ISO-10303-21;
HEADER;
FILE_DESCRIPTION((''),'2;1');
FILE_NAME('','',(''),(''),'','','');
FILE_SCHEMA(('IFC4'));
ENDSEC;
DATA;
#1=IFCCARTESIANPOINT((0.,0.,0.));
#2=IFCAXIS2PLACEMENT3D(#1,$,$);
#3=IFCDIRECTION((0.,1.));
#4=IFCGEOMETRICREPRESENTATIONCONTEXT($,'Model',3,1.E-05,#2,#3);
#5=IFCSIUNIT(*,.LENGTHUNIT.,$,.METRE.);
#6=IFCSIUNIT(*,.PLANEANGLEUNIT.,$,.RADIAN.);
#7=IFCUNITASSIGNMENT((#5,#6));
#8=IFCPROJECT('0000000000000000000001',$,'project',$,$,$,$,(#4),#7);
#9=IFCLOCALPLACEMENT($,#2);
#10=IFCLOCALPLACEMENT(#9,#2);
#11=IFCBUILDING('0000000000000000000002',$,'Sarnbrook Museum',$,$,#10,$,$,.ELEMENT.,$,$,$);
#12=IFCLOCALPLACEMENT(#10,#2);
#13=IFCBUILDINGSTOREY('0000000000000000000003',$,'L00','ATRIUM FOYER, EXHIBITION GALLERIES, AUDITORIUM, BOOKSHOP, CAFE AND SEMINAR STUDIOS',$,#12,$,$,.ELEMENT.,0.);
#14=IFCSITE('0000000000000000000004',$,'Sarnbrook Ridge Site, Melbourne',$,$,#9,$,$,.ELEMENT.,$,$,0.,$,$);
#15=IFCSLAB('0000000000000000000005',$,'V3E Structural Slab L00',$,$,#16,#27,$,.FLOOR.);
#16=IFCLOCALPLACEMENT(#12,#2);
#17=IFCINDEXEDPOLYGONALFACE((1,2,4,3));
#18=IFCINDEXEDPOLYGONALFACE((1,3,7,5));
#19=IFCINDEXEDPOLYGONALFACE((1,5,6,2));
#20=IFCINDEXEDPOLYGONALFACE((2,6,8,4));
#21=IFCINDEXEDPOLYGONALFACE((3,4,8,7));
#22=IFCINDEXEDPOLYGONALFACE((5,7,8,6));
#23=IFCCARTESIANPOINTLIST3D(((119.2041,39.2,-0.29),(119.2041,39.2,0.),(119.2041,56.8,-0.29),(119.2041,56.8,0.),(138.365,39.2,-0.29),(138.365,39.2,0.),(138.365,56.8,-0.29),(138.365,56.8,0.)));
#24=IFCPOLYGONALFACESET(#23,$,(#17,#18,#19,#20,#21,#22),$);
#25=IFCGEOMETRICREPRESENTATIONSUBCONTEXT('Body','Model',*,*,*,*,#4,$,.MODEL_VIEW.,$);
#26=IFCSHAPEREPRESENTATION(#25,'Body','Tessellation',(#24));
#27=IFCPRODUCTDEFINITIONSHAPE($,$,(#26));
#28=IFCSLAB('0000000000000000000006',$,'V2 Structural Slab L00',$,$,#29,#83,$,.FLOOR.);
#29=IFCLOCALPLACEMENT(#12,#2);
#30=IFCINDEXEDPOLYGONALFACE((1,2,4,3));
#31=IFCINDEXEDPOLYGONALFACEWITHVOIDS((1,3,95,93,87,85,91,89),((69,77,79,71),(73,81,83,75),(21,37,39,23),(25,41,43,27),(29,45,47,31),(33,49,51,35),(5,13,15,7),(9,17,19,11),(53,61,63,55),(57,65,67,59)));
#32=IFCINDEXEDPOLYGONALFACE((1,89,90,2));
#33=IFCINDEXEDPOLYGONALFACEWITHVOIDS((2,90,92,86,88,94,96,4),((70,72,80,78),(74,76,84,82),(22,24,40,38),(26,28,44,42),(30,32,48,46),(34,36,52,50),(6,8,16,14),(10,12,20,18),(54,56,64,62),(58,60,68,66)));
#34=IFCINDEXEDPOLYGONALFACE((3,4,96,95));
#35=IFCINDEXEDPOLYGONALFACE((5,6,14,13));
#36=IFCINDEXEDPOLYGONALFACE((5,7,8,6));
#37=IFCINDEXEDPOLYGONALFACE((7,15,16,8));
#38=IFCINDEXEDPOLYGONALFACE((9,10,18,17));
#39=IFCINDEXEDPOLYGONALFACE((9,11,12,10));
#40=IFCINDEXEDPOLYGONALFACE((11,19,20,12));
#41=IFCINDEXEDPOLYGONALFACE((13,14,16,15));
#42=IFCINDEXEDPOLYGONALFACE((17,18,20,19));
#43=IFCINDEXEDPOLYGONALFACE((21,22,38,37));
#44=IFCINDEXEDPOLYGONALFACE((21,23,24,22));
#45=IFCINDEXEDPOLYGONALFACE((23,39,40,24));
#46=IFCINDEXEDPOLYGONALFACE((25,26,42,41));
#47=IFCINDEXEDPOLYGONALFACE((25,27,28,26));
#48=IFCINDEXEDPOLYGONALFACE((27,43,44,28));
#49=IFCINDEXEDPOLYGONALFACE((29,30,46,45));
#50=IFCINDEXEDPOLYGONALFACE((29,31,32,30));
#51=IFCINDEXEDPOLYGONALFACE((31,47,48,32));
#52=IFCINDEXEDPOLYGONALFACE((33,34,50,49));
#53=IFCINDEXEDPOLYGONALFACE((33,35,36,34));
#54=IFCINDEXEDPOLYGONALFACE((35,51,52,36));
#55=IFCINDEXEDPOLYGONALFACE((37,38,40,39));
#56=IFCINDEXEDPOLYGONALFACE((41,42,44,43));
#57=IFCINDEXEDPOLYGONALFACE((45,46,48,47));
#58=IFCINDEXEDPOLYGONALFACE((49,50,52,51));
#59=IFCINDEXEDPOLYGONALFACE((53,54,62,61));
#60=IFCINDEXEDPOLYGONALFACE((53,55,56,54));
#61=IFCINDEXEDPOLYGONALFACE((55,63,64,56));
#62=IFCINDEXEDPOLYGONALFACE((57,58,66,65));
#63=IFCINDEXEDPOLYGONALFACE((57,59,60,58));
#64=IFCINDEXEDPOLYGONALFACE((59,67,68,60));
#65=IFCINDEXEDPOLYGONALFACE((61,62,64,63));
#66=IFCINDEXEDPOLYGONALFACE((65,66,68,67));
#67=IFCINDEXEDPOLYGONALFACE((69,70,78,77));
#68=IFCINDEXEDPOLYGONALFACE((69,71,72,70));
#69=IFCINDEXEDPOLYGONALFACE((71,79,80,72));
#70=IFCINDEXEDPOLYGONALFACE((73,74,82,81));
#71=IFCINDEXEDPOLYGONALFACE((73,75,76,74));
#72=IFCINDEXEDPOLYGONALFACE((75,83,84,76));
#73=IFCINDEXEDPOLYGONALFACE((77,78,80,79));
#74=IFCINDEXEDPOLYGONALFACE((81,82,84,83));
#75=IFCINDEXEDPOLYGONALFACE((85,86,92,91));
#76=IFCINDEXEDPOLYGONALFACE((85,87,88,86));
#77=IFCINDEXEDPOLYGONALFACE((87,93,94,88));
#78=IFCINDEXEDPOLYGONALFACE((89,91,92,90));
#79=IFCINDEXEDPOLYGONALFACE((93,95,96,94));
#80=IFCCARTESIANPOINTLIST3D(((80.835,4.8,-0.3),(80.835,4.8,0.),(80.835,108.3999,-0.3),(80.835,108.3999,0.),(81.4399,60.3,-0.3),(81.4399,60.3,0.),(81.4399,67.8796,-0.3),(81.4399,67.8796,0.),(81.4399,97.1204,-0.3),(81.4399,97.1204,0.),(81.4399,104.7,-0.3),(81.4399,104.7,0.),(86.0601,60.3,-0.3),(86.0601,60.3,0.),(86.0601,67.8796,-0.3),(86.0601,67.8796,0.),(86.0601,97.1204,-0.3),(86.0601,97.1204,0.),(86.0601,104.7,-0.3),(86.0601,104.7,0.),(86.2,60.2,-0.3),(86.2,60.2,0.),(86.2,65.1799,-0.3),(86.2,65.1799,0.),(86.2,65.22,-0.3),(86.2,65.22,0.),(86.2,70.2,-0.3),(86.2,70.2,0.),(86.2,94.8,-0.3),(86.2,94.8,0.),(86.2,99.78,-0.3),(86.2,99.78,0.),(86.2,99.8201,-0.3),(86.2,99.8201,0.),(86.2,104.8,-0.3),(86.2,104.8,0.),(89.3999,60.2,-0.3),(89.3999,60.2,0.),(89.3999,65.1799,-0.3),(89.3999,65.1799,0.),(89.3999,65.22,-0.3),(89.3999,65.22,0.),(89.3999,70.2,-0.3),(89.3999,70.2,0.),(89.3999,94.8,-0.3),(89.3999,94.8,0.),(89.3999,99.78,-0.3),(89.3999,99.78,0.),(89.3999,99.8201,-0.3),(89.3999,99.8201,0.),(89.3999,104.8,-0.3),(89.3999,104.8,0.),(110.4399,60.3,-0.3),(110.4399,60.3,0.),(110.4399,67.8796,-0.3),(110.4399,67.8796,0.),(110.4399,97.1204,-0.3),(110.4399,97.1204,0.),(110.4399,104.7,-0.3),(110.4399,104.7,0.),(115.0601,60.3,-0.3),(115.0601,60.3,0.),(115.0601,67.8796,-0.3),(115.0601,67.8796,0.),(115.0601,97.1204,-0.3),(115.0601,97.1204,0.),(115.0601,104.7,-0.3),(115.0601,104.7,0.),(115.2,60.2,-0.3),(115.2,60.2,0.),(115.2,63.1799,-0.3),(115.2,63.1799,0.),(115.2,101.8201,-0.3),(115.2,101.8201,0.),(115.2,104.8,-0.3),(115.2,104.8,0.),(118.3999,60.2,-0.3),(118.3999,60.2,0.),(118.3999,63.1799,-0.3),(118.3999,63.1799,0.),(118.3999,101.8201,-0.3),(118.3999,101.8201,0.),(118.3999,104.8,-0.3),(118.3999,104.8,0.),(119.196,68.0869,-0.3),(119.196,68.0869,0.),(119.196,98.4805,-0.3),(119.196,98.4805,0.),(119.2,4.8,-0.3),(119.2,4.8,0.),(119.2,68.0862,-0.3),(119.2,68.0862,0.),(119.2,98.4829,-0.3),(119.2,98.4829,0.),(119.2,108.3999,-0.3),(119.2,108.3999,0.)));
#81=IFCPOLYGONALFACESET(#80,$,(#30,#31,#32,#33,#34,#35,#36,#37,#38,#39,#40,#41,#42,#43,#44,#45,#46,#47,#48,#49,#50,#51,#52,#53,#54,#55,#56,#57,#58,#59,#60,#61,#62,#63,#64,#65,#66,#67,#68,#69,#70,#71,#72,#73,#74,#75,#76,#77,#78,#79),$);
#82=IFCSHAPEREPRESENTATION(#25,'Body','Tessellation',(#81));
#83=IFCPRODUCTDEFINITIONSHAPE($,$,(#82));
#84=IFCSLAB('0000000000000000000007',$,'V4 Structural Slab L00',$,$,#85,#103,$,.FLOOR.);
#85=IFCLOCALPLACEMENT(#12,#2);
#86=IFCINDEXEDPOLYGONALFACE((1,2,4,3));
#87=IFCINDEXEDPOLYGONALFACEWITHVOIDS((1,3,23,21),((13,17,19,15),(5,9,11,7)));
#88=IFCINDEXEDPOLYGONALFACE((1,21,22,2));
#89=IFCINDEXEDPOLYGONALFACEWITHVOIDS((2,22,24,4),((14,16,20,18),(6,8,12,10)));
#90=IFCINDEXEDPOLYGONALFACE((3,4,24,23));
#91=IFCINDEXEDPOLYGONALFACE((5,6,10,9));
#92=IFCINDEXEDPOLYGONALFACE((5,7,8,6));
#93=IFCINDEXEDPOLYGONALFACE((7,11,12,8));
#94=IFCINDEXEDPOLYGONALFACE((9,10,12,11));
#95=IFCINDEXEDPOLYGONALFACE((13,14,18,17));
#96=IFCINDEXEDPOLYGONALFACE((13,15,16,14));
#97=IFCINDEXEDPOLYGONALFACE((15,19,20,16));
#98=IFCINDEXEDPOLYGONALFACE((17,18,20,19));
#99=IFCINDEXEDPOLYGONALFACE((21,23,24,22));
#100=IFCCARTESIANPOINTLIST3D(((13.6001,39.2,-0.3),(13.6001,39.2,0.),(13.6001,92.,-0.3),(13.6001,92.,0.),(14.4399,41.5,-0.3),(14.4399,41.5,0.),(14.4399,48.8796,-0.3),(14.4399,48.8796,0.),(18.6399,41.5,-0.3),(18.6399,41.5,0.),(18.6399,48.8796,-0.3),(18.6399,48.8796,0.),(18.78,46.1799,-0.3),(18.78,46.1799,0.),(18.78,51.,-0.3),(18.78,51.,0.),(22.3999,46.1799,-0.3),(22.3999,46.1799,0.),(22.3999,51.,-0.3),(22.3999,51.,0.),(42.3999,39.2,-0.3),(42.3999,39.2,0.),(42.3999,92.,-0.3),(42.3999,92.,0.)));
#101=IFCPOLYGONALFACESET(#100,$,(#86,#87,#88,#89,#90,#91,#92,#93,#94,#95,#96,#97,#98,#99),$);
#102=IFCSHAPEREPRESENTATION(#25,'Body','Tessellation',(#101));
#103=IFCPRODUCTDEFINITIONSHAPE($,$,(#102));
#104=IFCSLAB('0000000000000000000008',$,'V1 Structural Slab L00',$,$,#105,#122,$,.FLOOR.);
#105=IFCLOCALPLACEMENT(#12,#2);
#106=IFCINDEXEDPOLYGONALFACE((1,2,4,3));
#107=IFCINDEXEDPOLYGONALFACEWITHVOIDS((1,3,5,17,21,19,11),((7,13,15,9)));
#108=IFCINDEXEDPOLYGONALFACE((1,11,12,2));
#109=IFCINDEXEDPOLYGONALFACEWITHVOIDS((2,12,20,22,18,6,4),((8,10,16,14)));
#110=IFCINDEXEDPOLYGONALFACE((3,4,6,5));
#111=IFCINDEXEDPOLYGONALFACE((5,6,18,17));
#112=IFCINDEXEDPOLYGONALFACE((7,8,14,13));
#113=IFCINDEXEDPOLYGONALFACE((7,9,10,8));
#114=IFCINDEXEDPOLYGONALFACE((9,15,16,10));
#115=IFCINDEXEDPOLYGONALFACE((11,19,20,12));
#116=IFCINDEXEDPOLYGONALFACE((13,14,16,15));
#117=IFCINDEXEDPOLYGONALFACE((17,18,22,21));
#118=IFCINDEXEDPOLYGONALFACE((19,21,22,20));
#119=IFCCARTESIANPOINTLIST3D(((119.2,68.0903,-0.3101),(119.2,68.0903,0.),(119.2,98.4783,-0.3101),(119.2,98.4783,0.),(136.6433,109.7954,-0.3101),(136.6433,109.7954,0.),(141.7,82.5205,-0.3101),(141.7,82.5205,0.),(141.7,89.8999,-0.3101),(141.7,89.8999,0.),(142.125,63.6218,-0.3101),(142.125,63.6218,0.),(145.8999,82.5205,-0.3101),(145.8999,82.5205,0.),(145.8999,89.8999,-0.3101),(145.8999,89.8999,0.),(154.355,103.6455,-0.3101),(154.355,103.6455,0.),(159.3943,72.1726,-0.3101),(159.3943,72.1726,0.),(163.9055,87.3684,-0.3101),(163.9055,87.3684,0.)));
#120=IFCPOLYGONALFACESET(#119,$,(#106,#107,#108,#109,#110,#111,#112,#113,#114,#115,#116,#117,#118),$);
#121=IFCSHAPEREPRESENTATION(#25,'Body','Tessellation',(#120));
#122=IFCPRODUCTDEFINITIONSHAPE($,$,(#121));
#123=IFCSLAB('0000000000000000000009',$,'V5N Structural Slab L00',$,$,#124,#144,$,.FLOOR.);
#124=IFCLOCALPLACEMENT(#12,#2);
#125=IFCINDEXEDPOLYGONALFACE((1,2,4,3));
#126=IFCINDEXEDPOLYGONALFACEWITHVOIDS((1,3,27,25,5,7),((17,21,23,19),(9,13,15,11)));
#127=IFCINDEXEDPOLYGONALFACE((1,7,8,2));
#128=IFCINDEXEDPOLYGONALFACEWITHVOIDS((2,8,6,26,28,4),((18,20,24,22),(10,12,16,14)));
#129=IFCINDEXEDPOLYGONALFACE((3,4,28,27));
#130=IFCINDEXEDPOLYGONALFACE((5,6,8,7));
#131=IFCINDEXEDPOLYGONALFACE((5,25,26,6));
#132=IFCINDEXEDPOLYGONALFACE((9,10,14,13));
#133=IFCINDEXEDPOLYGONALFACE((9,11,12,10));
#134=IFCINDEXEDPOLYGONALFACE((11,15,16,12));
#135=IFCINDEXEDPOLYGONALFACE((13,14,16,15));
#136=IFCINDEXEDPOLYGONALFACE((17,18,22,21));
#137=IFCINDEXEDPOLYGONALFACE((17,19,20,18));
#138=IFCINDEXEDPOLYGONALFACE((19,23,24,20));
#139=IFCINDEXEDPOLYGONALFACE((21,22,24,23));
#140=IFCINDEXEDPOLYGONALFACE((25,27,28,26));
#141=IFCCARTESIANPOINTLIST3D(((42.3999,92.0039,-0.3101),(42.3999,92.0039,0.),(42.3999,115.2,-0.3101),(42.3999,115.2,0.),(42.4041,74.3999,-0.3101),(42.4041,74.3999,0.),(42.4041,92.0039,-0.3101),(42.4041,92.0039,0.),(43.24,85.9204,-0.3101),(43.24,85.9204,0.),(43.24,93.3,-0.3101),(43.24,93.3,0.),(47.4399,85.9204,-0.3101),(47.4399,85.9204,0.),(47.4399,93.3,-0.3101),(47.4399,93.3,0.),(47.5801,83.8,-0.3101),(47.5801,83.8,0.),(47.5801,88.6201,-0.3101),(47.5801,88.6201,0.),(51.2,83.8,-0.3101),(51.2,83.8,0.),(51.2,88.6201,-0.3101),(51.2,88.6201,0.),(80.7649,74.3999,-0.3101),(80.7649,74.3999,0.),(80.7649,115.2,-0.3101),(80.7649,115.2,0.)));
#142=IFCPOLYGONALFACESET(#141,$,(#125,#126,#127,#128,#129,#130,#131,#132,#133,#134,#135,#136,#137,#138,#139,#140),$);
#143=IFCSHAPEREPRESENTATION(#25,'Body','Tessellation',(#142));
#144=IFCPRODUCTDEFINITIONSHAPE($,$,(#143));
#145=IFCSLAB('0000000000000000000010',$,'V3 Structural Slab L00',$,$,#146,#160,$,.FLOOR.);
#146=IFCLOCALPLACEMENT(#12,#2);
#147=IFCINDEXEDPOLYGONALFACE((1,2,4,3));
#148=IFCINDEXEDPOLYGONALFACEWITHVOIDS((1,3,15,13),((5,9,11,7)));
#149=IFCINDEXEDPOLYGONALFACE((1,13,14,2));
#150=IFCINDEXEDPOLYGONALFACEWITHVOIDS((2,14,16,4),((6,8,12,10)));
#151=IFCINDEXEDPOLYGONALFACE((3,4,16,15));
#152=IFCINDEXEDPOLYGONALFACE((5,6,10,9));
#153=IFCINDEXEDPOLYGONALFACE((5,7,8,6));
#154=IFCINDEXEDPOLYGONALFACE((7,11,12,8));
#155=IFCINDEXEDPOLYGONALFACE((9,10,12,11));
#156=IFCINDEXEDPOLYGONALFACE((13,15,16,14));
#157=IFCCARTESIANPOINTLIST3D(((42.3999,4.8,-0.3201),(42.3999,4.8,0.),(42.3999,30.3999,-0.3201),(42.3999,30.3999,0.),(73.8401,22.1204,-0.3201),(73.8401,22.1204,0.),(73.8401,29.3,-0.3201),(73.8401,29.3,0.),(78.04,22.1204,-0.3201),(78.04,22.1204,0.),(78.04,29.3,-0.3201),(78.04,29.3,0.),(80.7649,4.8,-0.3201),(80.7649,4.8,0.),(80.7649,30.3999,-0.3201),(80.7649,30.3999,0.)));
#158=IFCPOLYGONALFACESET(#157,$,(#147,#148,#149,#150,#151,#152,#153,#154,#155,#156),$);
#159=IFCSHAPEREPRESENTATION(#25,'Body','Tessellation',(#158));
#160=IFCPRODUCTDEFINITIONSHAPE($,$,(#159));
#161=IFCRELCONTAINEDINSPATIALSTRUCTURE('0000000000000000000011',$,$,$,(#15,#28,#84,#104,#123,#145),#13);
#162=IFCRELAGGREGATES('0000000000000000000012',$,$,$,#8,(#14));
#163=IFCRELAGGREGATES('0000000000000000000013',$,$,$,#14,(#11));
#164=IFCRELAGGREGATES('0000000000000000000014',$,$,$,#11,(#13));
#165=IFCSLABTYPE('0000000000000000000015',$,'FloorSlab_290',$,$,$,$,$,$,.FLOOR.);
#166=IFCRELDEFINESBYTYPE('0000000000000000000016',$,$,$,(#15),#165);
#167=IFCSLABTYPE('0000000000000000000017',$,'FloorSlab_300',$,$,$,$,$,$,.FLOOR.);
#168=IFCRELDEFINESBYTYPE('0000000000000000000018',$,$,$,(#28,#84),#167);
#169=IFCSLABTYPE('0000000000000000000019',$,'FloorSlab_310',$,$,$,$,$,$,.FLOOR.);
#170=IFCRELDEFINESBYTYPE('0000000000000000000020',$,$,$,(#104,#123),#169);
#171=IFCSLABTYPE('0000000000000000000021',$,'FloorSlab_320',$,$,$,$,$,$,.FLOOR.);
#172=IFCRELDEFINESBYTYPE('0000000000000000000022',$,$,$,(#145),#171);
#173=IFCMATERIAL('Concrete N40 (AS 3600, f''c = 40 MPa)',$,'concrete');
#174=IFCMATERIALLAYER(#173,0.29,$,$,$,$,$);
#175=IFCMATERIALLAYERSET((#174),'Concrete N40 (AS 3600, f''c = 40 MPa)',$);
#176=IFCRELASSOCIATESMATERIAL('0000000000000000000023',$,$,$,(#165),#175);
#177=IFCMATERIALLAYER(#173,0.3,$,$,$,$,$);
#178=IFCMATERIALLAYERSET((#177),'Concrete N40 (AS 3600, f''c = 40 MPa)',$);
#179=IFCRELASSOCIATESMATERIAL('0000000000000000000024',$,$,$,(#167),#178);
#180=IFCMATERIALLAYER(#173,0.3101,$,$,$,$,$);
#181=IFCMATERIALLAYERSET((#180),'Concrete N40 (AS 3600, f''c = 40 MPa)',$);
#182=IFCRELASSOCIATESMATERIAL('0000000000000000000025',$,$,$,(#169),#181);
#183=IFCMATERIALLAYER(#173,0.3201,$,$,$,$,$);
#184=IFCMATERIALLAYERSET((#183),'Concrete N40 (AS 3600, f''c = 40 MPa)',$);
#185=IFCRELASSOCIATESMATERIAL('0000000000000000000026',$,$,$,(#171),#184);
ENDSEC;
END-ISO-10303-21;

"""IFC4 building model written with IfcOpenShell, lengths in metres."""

from ifc_helpers import new_model, si_unit, direction, frame, origin, place, context, subcontext, project, spatial, polyline, outline, extrude, material, layer, layer_set, type_object, element, save


model = new_model("IFC4")

# Units and contexts
model_context = context("Model", 3, precision=1e-05, world=origin(), true_north=direction((0.0, 1.0)))
body_context = subcontext(model_context, "Body", "Model", "MODEL_VIEW")
ifc_project = project(units=[si_unit("LENGTHUNIT", "METRE"), si_unit("PLANEANGLEUNIT", "RADIAN")], contexts=[model_context])

# Site, building, storey
site_placement = place(None, origin())
site = spatial("IfcSite", under=ifc_project, at=site_placement, Name="Sarnbrook Ridge Site, Melbourne", CompositionType="ELEMENT", RefElevation=0.0)
building_placement = place(site_placement, origin())
building = spatial("IfcBuilding", under=site, at=building_placement, Name="Sarnbrook Museum", CompositionType="ELEMENT")
storey_placement = place(building_placement, origin())
storey = spatial("IfcBuildingStorey", under=building, at=storey_placement, Name="L00", Description="ATRIUM FOYER, EXHIBITION GALLERIES, AUDITORIUM, BOOKSHOP, CAFE AND SEMINAR STUDIOS", CompositionType="ELEMENT", Elevation=0.0)

# Slabs
ifc_material_1 = material(Name="Concrete N40 (AS 3600, f'c = 40 MPa)", Category="concrete")
ifc_layer_1 = layer(ifc_material_1, 0.29)
ifc_layer_set_1 = layer_set([ifc_layer_1], Name="Concrete N40 (AS 3600, f'c = 40 MPa)")
slab_type_1 = type_object("IfcSlabType", Name="FloorSlab_290", PredefinedType="FLOOR", material=ifc_layer_set_1)
slab_1_placement = place(storey_placement, frame((0.0, 0.0, -0.29)))
element("IfcSlab", 1, at=slab_1_placement, inside=storey, type_object=slab_type_1, Name="V3E Structural Slab L00", PredefinedType="FLOOR", context=body_context, shape_type="SweptSolid", body=[
    extrude(outline(polyline([(138.365, 56.8), (138.365, 39.2), (119.2041, 39.2), (119.2041, 56.8), (138.365, 56.8)])), origin(), (0.0, 0.0, 1.0), 0.29),
])
ifc_layer_2 = layer(ifc_material_1, 0.3)
ifc_layer_set_2 = layer_set([ifc_layer_2], Name="Concrete N40 (AS 3600, f'c = 40 MPa)")
slab_type_2 = type_object("IfcSlabType", Name="FloorSlab_300", PredefinedType="FLOOR", material=ifc_layer_set_2)
slab_2_placement = place(storey_placement, frame((0.0, 0.0, -0.3)))
element("IfcSlab", 2, at=slab_2_placement, inside=storey, type_object=slab_type_2, Name="V2 Structural Slab L00", PredefinedType="FLOOR", context=body_context, shape_type="SweptSolid", body=[
    extrude(outline(polyline([(80.835, 4.8), (80.835, 108.3999), (119.2, 108.3999), (119.2, 98.4829), (119.196, 98.4805), (119.196, 68.0869), (119.2, 68.0862), (119.2, 4.8), (80.835, 4.8)]), holes=[polyline([(115.2, 63.1799), (118.3999, 63.1799), (118.3999, 60.2), (115.2, 60.2), (115.2, 63.1799)]), polyline([(86.2, 65.1799), (89.3999, 65.1799), (89.3999, 60.2), (86.2, 60.2), (86.2, 65.1799)]), polyline([(81.4399, 67.8796), (86.0601, 67.8796), (86.0601, 60.3), (81.4399, 60.3), (81.4399, 67.8796)]), polyline([(115.0601, 67.8796), (115.0601, 60.3), (110.4399, 60.3), (110.4399, 67.8796), (115.0601, 67.8796)]), polyline([(89.3999, 70.2), (89.3999, 65.22), (86.2, 65.22), (86.2, 70.2), (89.3999, 70.2)]), polyline([(86.2, 99.78), (89.3999, 99.78), (89.3999, 94.8), (86.2, 94.8), (86.2, 99.78)]), polyline([(81.4399, 104.7), (86.0601, 104.7), (86.0601, 97.1204), (81.4399, 97.1204), (81.4399, 104.7)]), polyline([(110.4399, 104.7), (115.0601, 104.7), (115.0601, 97.1204), (110.4399, 97.1204), (110.4399, 104.7)]), polyline([(89.3999, 99.8201), (86.2, 99.8201), (86.2, 104.8), (89.3999, 104.8), (89.3999, 99.8201)]), polyline([(118.3999, 101.8201), (115.2, 101.8201), (115.2, 104.8), (118.3999, 104.8), (118.3999, 101.8201)])]), origin(), (0.0, 0.0, 1.0), 0.3),
])
slab_3_placement = place(storey_placement, frame((0.0, 0.0, -0.3)))
element("IfcSlab", 3, at=slab_3_placement, inside=storey, type_object=slab_type_2, Name="V4 Structural Slab L00", PredefinedType="FLOOR", context=body_context, shape_type="SweptSolid", body=[
    extrude(outline(polyline([(42.3999, 39.2), (13.6001, 39.2), (13.6001, 92.0), (42.3999, 92.0), (42.3999, 39.2)]), holes=[polyline([(18.6399, 41.5), (14.4399, 41.5), (14.4399, 48.8796), (18.6399, 48.8796), (18.6399, 41.5)]), polyline([(22.3999, 46.1799), (18.78, 46.1799), (18.78, 51.0), (22.3999, 51.0), (22.3999, 46.1799)])]), origin(), (0.0, 0.0, 1.0), 0.3),
])
ifc_layer_3 = layer(ifc_material_1, 0.3101)
ifc_layer_set_3 = layer_set([ifc_layer_3], Name="Concrete N40 (AS 3600, f'c = 40 MPa)")
slab_type_3 = type_object("IfcSlabType", Name="FloorSlab_310", PredefinedType="FLOOR", material=ifc_layer_set_3)
slab_4_placement = place(storey_placement, frame((0.0, 0.0, -0.3101)))
element("IfcSlab", 4, at=slab_4_placement, inside=storey, type_object=slab_type_3, Name="V1 Structural Slab L00", PredefinedType="FLOOR", context=body_context, shape_type="SweptSolid", body=[
    extrude(outline(polyline([(136.6433, 109.7954), (154.355, 103.6455), (163.9055, 87.3684), (159.3943, 72.1726), (142.125, 63.6218), (119.2, 68.0903), (119.2, 98.4783), (136.6433, 109.7954)]), holes=[polyline([(145.8999, 82.5205), (141.7, 82.5205), (141.7, 89.8999), (145.8999, 89.8999), (145.8999, 82.5205)])]), origin(), (0.0, 0.0, 1.0), 0.3101),
])
slab_5_placement = place(storey_placement, frame((0.0, 0.0, -0.3101)))
element("IfcSlab", 5, at=slab_5_placement, inside=storey, type_object=slab_type_3, Name="V5N Structural Slab L00", PredefinedType="FLOOR", context=body_context, shape_type="SweptSolid", body=[
    extrude(outline(polyline([(80.7649, 115.2), (80.7649, 74.3999), (42.4041, 74.3999), (42.4041, 92.0039), (42.3999, 92.0039), (42.3999, 115.2), (80.7649, 115.2)]), holes=[polyline([(51.2, 83.8), (47.5801, 83.8), (47.5801, 88.6201), (51.2, 88.6201), (51.2, 83.8)]), polyline([(47.4399, 85.9204), (43.24, 85.9204), (43.24, 93.3), (47.4399, 93.3), (47.4399, 85.9204)])]), origin(), (0.0, 0.0, 1.0), 0.3101),
])
ifc_layer_4 = layer(ifc_material_1, 0.3201)
ifc_layer_set_4 = layer_set([ifc_layer_4], Name="Concrete N40 (AS 3600, f'c = 40 MPa)")
slab_type_4 = type_object("IfcSlabType", Name="FloorSlab_320", PredefinedType="FLOOR", material=ifc_layer_set_4)
slab_6_placement = place(storey_placement, frame((0.0, 0.0, -0.3201)))
element("IfcSlab", 6, at=slab_6_placement, inside=storey, type_object=slab_type_4, Name="V3 Structural Slab L00", PredefinedType="FLOOR", context=body_context, shape_type="SweptSolid", body=[
    extrude(outline(polyline([(80.7649, 30.3999), (80.7649, 4.8), (42.3999, 4.8), (42.3999, 30.3999), (80.7649, 30.3999)]), holes=[polyline([(78.04, 29.3), (78.04, 22.1204), (73.8401, 22.1204), (73.8401, 29.3), (78.04, 29.3)])]), origin(), (0.0, 0.0, 1.0), 0.3201),
])

save(model, "model.ifc")
